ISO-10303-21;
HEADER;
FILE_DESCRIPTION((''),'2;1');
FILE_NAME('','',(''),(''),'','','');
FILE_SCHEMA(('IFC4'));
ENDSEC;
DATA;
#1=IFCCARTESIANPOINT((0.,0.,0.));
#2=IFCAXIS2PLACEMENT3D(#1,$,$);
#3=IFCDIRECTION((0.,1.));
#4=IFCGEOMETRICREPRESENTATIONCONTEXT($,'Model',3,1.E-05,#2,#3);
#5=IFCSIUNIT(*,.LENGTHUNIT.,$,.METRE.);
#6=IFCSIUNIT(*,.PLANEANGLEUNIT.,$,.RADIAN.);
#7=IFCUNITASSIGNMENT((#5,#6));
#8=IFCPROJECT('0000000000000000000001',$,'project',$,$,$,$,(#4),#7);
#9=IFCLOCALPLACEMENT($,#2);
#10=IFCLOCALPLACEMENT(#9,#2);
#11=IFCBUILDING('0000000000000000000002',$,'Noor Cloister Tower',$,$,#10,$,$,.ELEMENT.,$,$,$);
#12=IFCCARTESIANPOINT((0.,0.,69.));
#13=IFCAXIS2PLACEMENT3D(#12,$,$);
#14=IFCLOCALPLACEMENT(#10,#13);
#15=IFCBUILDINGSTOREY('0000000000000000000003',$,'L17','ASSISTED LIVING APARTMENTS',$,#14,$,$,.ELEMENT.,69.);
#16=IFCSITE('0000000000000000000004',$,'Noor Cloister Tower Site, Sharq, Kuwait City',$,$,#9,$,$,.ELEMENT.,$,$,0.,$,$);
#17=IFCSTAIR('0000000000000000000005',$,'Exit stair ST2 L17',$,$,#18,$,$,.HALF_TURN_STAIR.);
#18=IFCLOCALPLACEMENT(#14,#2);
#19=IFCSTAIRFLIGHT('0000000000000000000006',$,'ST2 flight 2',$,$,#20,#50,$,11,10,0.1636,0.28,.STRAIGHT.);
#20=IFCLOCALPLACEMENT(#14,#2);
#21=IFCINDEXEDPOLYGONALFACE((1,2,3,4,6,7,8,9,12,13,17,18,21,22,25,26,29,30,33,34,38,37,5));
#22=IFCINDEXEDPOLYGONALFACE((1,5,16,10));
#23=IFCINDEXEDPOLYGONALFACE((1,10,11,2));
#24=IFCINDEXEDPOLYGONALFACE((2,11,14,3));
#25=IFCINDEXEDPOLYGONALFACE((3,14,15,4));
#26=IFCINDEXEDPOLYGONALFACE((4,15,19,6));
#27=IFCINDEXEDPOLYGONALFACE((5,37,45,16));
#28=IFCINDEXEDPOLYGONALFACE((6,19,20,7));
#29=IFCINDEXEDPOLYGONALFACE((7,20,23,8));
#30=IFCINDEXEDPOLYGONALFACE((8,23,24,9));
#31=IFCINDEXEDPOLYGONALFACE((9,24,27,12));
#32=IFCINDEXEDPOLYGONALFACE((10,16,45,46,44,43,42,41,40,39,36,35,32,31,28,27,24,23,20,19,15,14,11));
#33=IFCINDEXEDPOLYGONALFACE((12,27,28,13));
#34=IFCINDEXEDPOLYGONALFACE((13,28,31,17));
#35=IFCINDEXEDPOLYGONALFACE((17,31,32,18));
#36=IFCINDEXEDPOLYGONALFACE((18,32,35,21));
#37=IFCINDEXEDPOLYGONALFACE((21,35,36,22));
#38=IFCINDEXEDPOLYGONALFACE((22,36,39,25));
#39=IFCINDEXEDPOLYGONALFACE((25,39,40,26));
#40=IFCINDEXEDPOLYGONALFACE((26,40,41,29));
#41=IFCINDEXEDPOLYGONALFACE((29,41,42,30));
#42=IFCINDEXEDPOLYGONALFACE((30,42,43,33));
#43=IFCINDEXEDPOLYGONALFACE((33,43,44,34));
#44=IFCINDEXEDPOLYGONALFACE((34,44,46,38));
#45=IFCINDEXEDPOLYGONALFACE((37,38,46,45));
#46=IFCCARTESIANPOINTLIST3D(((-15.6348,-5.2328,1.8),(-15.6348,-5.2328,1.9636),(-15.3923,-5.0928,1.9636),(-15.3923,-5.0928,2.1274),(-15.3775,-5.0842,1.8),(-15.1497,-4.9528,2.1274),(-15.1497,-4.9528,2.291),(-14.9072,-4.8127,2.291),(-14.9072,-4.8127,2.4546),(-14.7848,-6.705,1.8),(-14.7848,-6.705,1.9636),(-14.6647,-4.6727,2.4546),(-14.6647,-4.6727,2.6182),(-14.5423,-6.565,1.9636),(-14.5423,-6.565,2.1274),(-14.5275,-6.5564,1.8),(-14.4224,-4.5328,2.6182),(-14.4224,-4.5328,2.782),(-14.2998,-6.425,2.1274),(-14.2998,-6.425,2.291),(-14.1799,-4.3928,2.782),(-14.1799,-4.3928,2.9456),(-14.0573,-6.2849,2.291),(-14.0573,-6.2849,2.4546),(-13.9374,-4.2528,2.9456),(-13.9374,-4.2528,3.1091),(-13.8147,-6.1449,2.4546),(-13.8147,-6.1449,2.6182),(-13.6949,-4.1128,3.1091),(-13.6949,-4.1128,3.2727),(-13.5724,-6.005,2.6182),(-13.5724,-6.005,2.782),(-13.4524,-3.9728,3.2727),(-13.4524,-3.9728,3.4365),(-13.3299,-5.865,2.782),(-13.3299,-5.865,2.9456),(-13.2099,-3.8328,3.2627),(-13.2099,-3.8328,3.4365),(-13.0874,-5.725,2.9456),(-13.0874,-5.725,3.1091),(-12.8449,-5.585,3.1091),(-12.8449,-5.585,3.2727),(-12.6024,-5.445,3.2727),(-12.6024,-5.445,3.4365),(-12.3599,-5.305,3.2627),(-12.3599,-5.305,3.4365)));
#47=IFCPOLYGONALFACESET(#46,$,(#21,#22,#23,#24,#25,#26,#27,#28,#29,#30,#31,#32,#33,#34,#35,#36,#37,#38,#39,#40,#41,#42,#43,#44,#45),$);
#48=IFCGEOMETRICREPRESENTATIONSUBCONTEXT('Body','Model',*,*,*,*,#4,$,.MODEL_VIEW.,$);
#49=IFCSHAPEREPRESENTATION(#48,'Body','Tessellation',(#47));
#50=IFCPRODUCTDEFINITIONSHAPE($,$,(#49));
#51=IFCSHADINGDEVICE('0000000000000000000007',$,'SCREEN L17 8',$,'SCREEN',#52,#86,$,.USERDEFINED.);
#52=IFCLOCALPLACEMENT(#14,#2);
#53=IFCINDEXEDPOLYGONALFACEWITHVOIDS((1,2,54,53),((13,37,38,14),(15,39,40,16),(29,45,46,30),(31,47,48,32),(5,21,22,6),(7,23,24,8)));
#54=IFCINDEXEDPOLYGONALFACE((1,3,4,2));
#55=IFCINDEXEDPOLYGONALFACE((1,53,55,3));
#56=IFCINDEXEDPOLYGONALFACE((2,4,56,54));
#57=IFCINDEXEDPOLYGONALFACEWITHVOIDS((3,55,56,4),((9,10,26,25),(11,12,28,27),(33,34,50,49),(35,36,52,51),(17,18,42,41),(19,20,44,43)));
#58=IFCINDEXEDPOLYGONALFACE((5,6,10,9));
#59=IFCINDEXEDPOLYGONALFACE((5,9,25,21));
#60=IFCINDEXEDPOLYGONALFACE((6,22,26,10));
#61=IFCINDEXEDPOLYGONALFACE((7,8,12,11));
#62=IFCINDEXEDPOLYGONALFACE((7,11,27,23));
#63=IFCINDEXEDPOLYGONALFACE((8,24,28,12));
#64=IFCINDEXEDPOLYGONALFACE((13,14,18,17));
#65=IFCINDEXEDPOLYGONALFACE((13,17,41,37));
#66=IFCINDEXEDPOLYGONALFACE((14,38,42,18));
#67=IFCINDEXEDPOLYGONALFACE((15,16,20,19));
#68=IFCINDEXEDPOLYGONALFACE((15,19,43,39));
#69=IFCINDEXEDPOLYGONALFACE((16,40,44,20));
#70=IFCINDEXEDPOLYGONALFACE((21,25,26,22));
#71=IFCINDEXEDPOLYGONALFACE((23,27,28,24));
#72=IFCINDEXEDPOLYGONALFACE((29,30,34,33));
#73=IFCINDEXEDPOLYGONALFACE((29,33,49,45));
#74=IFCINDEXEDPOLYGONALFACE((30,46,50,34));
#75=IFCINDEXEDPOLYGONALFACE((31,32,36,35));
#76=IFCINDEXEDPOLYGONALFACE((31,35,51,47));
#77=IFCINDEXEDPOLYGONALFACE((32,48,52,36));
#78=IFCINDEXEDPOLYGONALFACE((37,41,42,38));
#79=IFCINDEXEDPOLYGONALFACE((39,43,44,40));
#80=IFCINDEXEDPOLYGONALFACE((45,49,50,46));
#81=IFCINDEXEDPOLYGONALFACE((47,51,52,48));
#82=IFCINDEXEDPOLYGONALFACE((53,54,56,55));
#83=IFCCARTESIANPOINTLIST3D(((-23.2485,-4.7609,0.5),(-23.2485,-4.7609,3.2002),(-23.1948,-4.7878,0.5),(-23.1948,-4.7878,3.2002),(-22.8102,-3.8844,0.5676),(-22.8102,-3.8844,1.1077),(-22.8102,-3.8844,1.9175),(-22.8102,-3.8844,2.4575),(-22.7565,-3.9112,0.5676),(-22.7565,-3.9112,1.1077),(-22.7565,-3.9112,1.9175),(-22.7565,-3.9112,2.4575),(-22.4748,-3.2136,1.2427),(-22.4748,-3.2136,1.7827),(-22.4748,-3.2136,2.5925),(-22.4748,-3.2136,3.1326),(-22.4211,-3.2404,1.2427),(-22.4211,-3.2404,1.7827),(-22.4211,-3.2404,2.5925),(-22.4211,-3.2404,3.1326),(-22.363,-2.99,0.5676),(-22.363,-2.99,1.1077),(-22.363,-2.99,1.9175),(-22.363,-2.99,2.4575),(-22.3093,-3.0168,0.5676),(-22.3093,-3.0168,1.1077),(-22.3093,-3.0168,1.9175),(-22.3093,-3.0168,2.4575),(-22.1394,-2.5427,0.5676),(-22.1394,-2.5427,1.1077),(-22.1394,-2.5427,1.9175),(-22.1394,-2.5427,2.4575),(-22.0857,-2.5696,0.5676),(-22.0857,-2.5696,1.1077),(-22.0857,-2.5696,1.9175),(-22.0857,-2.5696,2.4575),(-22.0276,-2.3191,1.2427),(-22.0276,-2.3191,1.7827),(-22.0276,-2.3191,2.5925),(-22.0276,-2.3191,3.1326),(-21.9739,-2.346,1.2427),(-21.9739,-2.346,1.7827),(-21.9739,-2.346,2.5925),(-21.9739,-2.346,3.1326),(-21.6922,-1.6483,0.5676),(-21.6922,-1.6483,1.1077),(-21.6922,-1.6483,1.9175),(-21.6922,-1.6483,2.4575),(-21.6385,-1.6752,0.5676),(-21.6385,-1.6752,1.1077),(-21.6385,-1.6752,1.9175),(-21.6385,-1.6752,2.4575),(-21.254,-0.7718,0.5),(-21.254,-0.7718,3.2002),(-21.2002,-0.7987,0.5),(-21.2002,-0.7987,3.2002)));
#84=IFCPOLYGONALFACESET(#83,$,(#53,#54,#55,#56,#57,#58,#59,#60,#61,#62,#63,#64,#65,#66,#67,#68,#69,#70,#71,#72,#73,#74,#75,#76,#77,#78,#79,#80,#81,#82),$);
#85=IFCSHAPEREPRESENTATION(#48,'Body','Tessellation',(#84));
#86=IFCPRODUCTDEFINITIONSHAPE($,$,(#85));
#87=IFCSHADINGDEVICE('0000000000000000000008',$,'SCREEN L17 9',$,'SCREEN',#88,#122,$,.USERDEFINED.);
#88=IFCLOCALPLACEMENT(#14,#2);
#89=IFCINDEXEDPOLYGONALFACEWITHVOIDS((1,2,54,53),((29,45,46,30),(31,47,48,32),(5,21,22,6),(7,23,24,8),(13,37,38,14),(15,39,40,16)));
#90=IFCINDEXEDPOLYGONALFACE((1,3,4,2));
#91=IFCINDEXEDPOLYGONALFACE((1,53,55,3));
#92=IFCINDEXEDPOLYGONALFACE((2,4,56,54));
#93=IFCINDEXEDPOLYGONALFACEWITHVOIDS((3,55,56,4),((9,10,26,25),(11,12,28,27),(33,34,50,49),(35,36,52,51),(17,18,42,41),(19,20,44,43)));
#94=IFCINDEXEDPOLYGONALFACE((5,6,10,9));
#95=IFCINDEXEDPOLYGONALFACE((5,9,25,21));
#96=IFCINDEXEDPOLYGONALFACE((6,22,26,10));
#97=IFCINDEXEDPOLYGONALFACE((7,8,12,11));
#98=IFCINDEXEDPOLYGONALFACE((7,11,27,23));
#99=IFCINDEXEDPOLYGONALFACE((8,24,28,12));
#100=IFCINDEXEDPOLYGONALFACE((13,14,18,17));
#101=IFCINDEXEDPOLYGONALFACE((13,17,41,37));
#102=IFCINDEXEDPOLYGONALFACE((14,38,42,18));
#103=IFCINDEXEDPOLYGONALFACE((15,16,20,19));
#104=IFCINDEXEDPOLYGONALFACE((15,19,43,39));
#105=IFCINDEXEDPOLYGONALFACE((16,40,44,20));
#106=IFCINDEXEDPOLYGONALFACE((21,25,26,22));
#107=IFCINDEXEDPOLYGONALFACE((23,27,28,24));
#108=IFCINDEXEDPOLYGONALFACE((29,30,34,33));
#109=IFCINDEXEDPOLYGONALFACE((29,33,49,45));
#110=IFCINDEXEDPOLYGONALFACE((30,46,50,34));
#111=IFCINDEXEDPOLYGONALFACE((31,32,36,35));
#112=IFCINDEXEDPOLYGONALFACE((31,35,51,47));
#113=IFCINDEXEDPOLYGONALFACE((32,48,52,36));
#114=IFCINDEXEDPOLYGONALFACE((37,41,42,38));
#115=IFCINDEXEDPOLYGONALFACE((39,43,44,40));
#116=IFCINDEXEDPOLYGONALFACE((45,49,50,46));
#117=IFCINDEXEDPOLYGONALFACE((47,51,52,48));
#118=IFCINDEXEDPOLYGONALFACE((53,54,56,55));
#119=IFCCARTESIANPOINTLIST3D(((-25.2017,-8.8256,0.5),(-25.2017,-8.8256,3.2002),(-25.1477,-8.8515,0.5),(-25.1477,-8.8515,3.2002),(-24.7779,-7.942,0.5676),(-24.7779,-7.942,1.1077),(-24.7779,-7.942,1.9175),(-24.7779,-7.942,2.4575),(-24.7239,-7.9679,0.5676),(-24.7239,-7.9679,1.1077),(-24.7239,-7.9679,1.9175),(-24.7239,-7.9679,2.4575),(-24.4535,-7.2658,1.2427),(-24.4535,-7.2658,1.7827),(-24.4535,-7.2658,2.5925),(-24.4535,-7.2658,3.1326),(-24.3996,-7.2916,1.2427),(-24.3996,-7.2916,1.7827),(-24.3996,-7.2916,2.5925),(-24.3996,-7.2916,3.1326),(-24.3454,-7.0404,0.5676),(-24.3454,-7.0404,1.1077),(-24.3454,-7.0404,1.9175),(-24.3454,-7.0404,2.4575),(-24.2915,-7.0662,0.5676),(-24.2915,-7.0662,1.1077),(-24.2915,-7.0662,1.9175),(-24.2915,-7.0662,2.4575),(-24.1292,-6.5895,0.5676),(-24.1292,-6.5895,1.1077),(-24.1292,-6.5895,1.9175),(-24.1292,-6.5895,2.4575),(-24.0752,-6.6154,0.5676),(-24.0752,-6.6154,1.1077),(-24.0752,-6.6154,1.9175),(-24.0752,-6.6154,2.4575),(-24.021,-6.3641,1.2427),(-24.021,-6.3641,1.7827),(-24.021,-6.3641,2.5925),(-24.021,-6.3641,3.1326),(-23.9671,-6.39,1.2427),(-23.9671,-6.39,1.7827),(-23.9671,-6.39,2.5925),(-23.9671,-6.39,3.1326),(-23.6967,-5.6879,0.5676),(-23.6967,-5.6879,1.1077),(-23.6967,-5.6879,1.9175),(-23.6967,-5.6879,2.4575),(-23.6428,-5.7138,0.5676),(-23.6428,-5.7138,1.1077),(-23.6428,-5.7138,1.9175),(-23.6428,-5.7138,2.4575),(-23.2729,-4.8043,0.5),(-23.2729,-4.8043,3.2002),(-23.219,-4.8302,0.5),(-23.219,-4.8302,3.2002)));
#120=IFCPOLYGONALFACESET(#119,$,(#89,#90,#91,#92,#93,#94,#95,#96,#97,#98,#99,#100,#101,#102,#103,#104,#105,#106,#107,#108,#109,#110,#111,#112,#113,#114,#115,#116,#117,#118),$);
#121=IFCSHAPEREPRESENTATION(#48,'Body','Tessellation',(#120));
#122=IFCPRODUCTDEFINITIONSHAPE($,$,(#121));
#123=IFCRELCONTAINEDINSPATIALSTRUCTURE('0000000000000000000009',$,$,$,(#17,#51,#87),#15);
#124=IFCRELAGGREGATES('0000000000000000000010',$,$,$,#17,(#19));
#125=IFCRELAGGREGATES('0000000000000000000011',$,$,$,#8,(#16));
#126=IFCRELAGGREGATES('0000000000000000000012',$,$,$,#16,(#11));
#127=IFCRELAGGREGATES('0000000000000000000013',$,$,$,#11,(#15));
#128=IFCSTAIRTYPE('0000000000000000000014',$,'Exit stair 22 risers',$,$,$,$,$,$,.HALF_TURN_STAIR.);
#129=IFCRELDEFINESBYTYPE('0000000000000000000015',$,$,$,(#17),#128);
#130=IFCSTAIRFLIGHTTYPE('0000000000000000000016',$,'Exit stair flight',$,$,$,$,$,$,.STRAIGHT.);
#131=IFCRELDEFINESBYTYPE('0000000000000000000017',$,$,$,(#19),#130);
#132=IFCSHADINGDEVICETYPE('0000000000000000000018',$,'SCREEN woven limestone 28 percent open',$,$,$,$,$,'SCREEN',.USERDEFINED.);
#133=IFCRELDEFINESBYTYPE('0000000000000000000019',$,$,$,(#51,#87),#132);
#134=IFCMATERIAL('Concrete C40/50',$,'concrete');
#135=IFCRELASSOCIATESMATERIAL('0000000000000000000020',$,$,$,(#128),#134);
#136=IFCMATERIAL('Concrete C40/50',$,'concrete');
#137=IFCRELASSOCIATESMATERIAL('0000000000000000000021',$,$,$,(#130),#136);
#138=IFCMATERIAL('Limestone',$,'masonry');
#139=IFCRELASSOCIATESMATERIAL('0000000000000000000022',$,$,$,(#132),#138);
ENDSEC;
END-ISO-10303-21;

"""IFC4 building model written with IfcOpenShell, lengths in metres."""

from ifc_helpers import new_model, si_unit, direction, frame, origin, place, context, subcontext, project, spatial, polyline, outline, extrude, material, material_profile, profile_set, type_object, element, aggregate, save


model = new_model("IFC4")

# Units and contexts
model_context = context("Model", 3, precision=1e-05, world=origin(), true_north=direction((0.0, 1.0)))
body_context = subcontext(model_context, "Body", "Model", "MODEL_VIEW")
ifc_project = project(units=[si_unit("LENGTHUNIT", "METRE"), si_unit("PLANEANGLEUNIT", "RADIAN")], contexts=[model_context])

# Site, building, storey
site_placement = place(None, origin())
site = spatial("IfcSite", under=ifc_project, at=site_placement, Name="Noor Cloister Tower Site, Sharq, Kuwait City", CompositionType="ELEMENT", RefElevation=0.0)
building_placement = place(site_placement, origin())
building = spatial("IfcBuilding", under=site, at=building_placement, Name="Noor Cloister Tower", CompositionType="ELEMENT")
storey_placement = place(building_placement, frame((0.0, 0.0, 69.0)))
storey = spatial("IfcBuildingStorey", under=building, at=storey_placement, Name="L17", Description="ASSISTED LIVING APARTMENTS", CompositionType="ELEMENT", Elevation=69.0)

# Stair, stair flight
ifc_material_1 = material(Name="Concrete C40/50", Category="concrete")
stair_type = type_object("IfcStairType", Name="Exit stair 22 risers", PredefinedType="HALF_TURN_STAIR", material=ifc_material_1)
stair_placement = place(storey_placement, origin())
stair = element("IfcStair", 1, at=stair_placement, inside=storey, type_object=stair_type, Name="Exit stair ST2 L17", PredefinedType="HALF_TURN_STAIR")
ifc_material_2 = material(Name="Concrete C40/50", Category="concrete")
stair_flight_type = type_object("IfcStairFlightType", Name="Exit stair flight", PredefinedType="STRAIGHT", material=ifc_material_2)
stair_flight_1_placement = place(storey_placement, frame((-15.2097, -5.969, 1.8), z_axis=(0.0, 0.0, 1.0), x_axis=(0.866025, 0.5, 0.0)))
stair_flight_1 = element("IfcStairFlight", 2, at=stair_flight_1_placement, type_object=stair_flight_type, Name="ST2 flight 2", NumberOfRisers=11, NumberOfTreads=10, PredefinedType="STRAIGHT", RiserHeight=0.1636, TreadLength=0.28, context=body_context, shape_type="SweptSolid", body=[
    extrude(outline(polyline([(0.0, 0.0), (0.0, 0.1636), (0.28, 0.1636), (0.28, 0.3274), (0.5601, 0.3274), (0.5601, 0.491), (0.8401, 0.491), (0.8401, 0.6545), (1.1201, 0.6545), (1.1201, 0.8181), (1.3999, 0.8181), (1.3999, 0.9819), (1.6799, 0.9819), (1.6799, 1.1455), (1.96, 1.1455), (1.96, 1.3091), (2.24, 1.3091), (2.24, 1.4727), (2.52, 1.4727), (2.52, 1.6365), (2.8, 1.6365), (2.8, 1.8), (2.8, 1.4626), (0.2971, 0.0), (0.0, 0.0)])), frame((0.0, 0.8501, 0.0), z_axis=(0.0, -1.0, 0.0), x_axis=(1.0, 0.0, 0.0)), (0.0, 0.0, 1.0), 1.7),
])
aggregate(stair, [stair_flight_1])

# Shading devices
ifc_material_3 = material(Name="Limestone", Category="masonry")
ifc_material_profile_1 = material_profile(ifc_material_3, outline(polyline([(-2.23, -1.3501), (2.23, -1.3501), (2.23, 1.3501), (-2.23, 1.3501), (-2.23, -1.3501)]), holes=[polyline([(-1.25, -1.2825), (-0.25, -1.2825), (-0.25, -0.7424), (-1.25, -0.7424), (-1.25, -1.2825)]), polyline([(0.25, -1.2825), (1.25, -1.2825), (1.25, -0.7424), (0.25, -0.7424), (0.25, -1.2825)]), polyline([(-0.5, -0.6074), (0.5, -0.6074), (0.5, -0.0674), (-0.5, -0.0674), (-0.5, -0.6074)]), polyline([(-1.25, 0.0674), (-0.25, 0.0674), (-0.25, 0.6074), (-1.25, 0.6074), (-1.25, 0.0674)]), polyline([(0.25, 0.0674), (1.25, 0.0674), (1.25, 0.6074), (0.25, 0.6074), (0.25, 0.0674)]), polyline([(-0.5, 0.7424), (0.5, 0.7424), (0.5, 1.2825), (-0.5, 1.2825), (-0.5, 0.7424)])]), Name="Woven screen 28 percent open")
ifc_profile_set_1 = profile_set([ifc_material_profile_1], Name="Limestone")
shading_device_type = type_object("IfcShadingDeviceType", Name="SCREEN woven limestone 28 percent open", ElementType="SCREEN", PredefinedType="USERDEFINED", material=ifc_profile_set_1)
shading_device_1_placement = place(storey_placement, frame((-22.1975, -2.7932, 1.8501), z_axis=(-0.894427, 0.447214, 0.0), x_axis=(-0.447214, -0.894427, 0.0)))
element("IfcShadingDevice", 3, at=shading_device_1_placement, inside=storey, type_object=shading_device_type, Name="SCREEN L17 8", ObjectType="SCREEN", PredefinedType="USERDEFINED", context=body_context, shape_type="SweptSolid", body=[
    extrude(outline(polyline([(-2.23, -1.3501), (2.23, -1.3501), (2.23, 1.3501), (-2.23, 1.3501), (-2.23, -1.3501)]), holes=[polyline([(-1.25, -1.2825), (-0.25, -1.2825), (-0.25, -0.7424), (-1.25, -0.7424), (-1.25, -1.2825)]), polyline([(0.25, -1.2825), (1.25, -1.2825), (1.25, -0.7424), (0.25, -0.7424), (0.25, -1.2825)]), polyline([(-0.5, -0.6074), (0.5, -0.6074), (0.5, -0.0674), (-0.5, -0.0674), (-0.5, -0.6074)]), polyline([(-1.25, 0.0674), (-0.25, 0.0674), (-0.25, 0.6074), (-1.25, 0.6074), (-1.25, 0.0674)]), polyline([(0.25, 0.0674), (1.25, 0.0674), (1.25, 0.6074), (0.25, 0.6074), (0.25, 0.0674)]), polyline([(-0.5, 0.7424), (0.5, 0.7424), (0.5, 1.2825), (-0.5, 1.2825), (-0.5, 0.7424)])]), origin(), (0.0, 0.0, 1.0), 0.0601),
])
shading_device_2_placement = place(storey_placement, frame((-24.1833, -6.8408, 1.8501), z_axis=(-0.90165, 0.432466, 0.0), x_axis=(-0.432466, -0.90165, 0.0)))
element("IfcShadingDevice", 4, at=shading_device_2_placement, inside=storey, type_object=shading_device_type, Name="SCREEN L17 9", ObjectType="SCREEN", PredefinedType="USERDEFINED", context=body_context, shape_type="SweptSolid", body=[
    extrude(outline(polyline([(-2.23, -1.3501), (2.23, -1.3501), (2.23, 1.3501), (-2.23, 1.3501), (-2.23, -1.3501)]), holes=[polyline([(-1.25, -1.2825), (-0.25, -1.2825), (-0.25, -0.7424), (-1.25, -0.7424), (-1.25, -1.2825)]), polyline([(0.25, -1.2825), (1.25, -1.2825), (1.25, -0.7424), (0.25, -0.7424), (0.25, -1.2825)]), polyline([(-0.5, -0.6074), (0.5, -0.6074), (0.5, -0.0674), (-0.5, -0.0674), (-0.5, -0.6074)]), polyline([(-1.25, 0.0674), (-0.25, 0.0674), (-0.25, 0.6074), (-1.25, 0.6074), (-1.25, 0.0674)]), polyline([(0.25, 0.0674), (1.25, 0.0674), (1.25, 0.6074), (0.25, 0.6074), (0.25, 0.0674)]), polyline([(-0.5, 0.7424), (0.5, 0.7424), (0.5, 1.2825), (-0.5, 1.2825), (-0.5, 0.7424)])]), origin(), (0.0, 0.0, 1.0), 0.0598),
])

save(model, "model.ifc")
